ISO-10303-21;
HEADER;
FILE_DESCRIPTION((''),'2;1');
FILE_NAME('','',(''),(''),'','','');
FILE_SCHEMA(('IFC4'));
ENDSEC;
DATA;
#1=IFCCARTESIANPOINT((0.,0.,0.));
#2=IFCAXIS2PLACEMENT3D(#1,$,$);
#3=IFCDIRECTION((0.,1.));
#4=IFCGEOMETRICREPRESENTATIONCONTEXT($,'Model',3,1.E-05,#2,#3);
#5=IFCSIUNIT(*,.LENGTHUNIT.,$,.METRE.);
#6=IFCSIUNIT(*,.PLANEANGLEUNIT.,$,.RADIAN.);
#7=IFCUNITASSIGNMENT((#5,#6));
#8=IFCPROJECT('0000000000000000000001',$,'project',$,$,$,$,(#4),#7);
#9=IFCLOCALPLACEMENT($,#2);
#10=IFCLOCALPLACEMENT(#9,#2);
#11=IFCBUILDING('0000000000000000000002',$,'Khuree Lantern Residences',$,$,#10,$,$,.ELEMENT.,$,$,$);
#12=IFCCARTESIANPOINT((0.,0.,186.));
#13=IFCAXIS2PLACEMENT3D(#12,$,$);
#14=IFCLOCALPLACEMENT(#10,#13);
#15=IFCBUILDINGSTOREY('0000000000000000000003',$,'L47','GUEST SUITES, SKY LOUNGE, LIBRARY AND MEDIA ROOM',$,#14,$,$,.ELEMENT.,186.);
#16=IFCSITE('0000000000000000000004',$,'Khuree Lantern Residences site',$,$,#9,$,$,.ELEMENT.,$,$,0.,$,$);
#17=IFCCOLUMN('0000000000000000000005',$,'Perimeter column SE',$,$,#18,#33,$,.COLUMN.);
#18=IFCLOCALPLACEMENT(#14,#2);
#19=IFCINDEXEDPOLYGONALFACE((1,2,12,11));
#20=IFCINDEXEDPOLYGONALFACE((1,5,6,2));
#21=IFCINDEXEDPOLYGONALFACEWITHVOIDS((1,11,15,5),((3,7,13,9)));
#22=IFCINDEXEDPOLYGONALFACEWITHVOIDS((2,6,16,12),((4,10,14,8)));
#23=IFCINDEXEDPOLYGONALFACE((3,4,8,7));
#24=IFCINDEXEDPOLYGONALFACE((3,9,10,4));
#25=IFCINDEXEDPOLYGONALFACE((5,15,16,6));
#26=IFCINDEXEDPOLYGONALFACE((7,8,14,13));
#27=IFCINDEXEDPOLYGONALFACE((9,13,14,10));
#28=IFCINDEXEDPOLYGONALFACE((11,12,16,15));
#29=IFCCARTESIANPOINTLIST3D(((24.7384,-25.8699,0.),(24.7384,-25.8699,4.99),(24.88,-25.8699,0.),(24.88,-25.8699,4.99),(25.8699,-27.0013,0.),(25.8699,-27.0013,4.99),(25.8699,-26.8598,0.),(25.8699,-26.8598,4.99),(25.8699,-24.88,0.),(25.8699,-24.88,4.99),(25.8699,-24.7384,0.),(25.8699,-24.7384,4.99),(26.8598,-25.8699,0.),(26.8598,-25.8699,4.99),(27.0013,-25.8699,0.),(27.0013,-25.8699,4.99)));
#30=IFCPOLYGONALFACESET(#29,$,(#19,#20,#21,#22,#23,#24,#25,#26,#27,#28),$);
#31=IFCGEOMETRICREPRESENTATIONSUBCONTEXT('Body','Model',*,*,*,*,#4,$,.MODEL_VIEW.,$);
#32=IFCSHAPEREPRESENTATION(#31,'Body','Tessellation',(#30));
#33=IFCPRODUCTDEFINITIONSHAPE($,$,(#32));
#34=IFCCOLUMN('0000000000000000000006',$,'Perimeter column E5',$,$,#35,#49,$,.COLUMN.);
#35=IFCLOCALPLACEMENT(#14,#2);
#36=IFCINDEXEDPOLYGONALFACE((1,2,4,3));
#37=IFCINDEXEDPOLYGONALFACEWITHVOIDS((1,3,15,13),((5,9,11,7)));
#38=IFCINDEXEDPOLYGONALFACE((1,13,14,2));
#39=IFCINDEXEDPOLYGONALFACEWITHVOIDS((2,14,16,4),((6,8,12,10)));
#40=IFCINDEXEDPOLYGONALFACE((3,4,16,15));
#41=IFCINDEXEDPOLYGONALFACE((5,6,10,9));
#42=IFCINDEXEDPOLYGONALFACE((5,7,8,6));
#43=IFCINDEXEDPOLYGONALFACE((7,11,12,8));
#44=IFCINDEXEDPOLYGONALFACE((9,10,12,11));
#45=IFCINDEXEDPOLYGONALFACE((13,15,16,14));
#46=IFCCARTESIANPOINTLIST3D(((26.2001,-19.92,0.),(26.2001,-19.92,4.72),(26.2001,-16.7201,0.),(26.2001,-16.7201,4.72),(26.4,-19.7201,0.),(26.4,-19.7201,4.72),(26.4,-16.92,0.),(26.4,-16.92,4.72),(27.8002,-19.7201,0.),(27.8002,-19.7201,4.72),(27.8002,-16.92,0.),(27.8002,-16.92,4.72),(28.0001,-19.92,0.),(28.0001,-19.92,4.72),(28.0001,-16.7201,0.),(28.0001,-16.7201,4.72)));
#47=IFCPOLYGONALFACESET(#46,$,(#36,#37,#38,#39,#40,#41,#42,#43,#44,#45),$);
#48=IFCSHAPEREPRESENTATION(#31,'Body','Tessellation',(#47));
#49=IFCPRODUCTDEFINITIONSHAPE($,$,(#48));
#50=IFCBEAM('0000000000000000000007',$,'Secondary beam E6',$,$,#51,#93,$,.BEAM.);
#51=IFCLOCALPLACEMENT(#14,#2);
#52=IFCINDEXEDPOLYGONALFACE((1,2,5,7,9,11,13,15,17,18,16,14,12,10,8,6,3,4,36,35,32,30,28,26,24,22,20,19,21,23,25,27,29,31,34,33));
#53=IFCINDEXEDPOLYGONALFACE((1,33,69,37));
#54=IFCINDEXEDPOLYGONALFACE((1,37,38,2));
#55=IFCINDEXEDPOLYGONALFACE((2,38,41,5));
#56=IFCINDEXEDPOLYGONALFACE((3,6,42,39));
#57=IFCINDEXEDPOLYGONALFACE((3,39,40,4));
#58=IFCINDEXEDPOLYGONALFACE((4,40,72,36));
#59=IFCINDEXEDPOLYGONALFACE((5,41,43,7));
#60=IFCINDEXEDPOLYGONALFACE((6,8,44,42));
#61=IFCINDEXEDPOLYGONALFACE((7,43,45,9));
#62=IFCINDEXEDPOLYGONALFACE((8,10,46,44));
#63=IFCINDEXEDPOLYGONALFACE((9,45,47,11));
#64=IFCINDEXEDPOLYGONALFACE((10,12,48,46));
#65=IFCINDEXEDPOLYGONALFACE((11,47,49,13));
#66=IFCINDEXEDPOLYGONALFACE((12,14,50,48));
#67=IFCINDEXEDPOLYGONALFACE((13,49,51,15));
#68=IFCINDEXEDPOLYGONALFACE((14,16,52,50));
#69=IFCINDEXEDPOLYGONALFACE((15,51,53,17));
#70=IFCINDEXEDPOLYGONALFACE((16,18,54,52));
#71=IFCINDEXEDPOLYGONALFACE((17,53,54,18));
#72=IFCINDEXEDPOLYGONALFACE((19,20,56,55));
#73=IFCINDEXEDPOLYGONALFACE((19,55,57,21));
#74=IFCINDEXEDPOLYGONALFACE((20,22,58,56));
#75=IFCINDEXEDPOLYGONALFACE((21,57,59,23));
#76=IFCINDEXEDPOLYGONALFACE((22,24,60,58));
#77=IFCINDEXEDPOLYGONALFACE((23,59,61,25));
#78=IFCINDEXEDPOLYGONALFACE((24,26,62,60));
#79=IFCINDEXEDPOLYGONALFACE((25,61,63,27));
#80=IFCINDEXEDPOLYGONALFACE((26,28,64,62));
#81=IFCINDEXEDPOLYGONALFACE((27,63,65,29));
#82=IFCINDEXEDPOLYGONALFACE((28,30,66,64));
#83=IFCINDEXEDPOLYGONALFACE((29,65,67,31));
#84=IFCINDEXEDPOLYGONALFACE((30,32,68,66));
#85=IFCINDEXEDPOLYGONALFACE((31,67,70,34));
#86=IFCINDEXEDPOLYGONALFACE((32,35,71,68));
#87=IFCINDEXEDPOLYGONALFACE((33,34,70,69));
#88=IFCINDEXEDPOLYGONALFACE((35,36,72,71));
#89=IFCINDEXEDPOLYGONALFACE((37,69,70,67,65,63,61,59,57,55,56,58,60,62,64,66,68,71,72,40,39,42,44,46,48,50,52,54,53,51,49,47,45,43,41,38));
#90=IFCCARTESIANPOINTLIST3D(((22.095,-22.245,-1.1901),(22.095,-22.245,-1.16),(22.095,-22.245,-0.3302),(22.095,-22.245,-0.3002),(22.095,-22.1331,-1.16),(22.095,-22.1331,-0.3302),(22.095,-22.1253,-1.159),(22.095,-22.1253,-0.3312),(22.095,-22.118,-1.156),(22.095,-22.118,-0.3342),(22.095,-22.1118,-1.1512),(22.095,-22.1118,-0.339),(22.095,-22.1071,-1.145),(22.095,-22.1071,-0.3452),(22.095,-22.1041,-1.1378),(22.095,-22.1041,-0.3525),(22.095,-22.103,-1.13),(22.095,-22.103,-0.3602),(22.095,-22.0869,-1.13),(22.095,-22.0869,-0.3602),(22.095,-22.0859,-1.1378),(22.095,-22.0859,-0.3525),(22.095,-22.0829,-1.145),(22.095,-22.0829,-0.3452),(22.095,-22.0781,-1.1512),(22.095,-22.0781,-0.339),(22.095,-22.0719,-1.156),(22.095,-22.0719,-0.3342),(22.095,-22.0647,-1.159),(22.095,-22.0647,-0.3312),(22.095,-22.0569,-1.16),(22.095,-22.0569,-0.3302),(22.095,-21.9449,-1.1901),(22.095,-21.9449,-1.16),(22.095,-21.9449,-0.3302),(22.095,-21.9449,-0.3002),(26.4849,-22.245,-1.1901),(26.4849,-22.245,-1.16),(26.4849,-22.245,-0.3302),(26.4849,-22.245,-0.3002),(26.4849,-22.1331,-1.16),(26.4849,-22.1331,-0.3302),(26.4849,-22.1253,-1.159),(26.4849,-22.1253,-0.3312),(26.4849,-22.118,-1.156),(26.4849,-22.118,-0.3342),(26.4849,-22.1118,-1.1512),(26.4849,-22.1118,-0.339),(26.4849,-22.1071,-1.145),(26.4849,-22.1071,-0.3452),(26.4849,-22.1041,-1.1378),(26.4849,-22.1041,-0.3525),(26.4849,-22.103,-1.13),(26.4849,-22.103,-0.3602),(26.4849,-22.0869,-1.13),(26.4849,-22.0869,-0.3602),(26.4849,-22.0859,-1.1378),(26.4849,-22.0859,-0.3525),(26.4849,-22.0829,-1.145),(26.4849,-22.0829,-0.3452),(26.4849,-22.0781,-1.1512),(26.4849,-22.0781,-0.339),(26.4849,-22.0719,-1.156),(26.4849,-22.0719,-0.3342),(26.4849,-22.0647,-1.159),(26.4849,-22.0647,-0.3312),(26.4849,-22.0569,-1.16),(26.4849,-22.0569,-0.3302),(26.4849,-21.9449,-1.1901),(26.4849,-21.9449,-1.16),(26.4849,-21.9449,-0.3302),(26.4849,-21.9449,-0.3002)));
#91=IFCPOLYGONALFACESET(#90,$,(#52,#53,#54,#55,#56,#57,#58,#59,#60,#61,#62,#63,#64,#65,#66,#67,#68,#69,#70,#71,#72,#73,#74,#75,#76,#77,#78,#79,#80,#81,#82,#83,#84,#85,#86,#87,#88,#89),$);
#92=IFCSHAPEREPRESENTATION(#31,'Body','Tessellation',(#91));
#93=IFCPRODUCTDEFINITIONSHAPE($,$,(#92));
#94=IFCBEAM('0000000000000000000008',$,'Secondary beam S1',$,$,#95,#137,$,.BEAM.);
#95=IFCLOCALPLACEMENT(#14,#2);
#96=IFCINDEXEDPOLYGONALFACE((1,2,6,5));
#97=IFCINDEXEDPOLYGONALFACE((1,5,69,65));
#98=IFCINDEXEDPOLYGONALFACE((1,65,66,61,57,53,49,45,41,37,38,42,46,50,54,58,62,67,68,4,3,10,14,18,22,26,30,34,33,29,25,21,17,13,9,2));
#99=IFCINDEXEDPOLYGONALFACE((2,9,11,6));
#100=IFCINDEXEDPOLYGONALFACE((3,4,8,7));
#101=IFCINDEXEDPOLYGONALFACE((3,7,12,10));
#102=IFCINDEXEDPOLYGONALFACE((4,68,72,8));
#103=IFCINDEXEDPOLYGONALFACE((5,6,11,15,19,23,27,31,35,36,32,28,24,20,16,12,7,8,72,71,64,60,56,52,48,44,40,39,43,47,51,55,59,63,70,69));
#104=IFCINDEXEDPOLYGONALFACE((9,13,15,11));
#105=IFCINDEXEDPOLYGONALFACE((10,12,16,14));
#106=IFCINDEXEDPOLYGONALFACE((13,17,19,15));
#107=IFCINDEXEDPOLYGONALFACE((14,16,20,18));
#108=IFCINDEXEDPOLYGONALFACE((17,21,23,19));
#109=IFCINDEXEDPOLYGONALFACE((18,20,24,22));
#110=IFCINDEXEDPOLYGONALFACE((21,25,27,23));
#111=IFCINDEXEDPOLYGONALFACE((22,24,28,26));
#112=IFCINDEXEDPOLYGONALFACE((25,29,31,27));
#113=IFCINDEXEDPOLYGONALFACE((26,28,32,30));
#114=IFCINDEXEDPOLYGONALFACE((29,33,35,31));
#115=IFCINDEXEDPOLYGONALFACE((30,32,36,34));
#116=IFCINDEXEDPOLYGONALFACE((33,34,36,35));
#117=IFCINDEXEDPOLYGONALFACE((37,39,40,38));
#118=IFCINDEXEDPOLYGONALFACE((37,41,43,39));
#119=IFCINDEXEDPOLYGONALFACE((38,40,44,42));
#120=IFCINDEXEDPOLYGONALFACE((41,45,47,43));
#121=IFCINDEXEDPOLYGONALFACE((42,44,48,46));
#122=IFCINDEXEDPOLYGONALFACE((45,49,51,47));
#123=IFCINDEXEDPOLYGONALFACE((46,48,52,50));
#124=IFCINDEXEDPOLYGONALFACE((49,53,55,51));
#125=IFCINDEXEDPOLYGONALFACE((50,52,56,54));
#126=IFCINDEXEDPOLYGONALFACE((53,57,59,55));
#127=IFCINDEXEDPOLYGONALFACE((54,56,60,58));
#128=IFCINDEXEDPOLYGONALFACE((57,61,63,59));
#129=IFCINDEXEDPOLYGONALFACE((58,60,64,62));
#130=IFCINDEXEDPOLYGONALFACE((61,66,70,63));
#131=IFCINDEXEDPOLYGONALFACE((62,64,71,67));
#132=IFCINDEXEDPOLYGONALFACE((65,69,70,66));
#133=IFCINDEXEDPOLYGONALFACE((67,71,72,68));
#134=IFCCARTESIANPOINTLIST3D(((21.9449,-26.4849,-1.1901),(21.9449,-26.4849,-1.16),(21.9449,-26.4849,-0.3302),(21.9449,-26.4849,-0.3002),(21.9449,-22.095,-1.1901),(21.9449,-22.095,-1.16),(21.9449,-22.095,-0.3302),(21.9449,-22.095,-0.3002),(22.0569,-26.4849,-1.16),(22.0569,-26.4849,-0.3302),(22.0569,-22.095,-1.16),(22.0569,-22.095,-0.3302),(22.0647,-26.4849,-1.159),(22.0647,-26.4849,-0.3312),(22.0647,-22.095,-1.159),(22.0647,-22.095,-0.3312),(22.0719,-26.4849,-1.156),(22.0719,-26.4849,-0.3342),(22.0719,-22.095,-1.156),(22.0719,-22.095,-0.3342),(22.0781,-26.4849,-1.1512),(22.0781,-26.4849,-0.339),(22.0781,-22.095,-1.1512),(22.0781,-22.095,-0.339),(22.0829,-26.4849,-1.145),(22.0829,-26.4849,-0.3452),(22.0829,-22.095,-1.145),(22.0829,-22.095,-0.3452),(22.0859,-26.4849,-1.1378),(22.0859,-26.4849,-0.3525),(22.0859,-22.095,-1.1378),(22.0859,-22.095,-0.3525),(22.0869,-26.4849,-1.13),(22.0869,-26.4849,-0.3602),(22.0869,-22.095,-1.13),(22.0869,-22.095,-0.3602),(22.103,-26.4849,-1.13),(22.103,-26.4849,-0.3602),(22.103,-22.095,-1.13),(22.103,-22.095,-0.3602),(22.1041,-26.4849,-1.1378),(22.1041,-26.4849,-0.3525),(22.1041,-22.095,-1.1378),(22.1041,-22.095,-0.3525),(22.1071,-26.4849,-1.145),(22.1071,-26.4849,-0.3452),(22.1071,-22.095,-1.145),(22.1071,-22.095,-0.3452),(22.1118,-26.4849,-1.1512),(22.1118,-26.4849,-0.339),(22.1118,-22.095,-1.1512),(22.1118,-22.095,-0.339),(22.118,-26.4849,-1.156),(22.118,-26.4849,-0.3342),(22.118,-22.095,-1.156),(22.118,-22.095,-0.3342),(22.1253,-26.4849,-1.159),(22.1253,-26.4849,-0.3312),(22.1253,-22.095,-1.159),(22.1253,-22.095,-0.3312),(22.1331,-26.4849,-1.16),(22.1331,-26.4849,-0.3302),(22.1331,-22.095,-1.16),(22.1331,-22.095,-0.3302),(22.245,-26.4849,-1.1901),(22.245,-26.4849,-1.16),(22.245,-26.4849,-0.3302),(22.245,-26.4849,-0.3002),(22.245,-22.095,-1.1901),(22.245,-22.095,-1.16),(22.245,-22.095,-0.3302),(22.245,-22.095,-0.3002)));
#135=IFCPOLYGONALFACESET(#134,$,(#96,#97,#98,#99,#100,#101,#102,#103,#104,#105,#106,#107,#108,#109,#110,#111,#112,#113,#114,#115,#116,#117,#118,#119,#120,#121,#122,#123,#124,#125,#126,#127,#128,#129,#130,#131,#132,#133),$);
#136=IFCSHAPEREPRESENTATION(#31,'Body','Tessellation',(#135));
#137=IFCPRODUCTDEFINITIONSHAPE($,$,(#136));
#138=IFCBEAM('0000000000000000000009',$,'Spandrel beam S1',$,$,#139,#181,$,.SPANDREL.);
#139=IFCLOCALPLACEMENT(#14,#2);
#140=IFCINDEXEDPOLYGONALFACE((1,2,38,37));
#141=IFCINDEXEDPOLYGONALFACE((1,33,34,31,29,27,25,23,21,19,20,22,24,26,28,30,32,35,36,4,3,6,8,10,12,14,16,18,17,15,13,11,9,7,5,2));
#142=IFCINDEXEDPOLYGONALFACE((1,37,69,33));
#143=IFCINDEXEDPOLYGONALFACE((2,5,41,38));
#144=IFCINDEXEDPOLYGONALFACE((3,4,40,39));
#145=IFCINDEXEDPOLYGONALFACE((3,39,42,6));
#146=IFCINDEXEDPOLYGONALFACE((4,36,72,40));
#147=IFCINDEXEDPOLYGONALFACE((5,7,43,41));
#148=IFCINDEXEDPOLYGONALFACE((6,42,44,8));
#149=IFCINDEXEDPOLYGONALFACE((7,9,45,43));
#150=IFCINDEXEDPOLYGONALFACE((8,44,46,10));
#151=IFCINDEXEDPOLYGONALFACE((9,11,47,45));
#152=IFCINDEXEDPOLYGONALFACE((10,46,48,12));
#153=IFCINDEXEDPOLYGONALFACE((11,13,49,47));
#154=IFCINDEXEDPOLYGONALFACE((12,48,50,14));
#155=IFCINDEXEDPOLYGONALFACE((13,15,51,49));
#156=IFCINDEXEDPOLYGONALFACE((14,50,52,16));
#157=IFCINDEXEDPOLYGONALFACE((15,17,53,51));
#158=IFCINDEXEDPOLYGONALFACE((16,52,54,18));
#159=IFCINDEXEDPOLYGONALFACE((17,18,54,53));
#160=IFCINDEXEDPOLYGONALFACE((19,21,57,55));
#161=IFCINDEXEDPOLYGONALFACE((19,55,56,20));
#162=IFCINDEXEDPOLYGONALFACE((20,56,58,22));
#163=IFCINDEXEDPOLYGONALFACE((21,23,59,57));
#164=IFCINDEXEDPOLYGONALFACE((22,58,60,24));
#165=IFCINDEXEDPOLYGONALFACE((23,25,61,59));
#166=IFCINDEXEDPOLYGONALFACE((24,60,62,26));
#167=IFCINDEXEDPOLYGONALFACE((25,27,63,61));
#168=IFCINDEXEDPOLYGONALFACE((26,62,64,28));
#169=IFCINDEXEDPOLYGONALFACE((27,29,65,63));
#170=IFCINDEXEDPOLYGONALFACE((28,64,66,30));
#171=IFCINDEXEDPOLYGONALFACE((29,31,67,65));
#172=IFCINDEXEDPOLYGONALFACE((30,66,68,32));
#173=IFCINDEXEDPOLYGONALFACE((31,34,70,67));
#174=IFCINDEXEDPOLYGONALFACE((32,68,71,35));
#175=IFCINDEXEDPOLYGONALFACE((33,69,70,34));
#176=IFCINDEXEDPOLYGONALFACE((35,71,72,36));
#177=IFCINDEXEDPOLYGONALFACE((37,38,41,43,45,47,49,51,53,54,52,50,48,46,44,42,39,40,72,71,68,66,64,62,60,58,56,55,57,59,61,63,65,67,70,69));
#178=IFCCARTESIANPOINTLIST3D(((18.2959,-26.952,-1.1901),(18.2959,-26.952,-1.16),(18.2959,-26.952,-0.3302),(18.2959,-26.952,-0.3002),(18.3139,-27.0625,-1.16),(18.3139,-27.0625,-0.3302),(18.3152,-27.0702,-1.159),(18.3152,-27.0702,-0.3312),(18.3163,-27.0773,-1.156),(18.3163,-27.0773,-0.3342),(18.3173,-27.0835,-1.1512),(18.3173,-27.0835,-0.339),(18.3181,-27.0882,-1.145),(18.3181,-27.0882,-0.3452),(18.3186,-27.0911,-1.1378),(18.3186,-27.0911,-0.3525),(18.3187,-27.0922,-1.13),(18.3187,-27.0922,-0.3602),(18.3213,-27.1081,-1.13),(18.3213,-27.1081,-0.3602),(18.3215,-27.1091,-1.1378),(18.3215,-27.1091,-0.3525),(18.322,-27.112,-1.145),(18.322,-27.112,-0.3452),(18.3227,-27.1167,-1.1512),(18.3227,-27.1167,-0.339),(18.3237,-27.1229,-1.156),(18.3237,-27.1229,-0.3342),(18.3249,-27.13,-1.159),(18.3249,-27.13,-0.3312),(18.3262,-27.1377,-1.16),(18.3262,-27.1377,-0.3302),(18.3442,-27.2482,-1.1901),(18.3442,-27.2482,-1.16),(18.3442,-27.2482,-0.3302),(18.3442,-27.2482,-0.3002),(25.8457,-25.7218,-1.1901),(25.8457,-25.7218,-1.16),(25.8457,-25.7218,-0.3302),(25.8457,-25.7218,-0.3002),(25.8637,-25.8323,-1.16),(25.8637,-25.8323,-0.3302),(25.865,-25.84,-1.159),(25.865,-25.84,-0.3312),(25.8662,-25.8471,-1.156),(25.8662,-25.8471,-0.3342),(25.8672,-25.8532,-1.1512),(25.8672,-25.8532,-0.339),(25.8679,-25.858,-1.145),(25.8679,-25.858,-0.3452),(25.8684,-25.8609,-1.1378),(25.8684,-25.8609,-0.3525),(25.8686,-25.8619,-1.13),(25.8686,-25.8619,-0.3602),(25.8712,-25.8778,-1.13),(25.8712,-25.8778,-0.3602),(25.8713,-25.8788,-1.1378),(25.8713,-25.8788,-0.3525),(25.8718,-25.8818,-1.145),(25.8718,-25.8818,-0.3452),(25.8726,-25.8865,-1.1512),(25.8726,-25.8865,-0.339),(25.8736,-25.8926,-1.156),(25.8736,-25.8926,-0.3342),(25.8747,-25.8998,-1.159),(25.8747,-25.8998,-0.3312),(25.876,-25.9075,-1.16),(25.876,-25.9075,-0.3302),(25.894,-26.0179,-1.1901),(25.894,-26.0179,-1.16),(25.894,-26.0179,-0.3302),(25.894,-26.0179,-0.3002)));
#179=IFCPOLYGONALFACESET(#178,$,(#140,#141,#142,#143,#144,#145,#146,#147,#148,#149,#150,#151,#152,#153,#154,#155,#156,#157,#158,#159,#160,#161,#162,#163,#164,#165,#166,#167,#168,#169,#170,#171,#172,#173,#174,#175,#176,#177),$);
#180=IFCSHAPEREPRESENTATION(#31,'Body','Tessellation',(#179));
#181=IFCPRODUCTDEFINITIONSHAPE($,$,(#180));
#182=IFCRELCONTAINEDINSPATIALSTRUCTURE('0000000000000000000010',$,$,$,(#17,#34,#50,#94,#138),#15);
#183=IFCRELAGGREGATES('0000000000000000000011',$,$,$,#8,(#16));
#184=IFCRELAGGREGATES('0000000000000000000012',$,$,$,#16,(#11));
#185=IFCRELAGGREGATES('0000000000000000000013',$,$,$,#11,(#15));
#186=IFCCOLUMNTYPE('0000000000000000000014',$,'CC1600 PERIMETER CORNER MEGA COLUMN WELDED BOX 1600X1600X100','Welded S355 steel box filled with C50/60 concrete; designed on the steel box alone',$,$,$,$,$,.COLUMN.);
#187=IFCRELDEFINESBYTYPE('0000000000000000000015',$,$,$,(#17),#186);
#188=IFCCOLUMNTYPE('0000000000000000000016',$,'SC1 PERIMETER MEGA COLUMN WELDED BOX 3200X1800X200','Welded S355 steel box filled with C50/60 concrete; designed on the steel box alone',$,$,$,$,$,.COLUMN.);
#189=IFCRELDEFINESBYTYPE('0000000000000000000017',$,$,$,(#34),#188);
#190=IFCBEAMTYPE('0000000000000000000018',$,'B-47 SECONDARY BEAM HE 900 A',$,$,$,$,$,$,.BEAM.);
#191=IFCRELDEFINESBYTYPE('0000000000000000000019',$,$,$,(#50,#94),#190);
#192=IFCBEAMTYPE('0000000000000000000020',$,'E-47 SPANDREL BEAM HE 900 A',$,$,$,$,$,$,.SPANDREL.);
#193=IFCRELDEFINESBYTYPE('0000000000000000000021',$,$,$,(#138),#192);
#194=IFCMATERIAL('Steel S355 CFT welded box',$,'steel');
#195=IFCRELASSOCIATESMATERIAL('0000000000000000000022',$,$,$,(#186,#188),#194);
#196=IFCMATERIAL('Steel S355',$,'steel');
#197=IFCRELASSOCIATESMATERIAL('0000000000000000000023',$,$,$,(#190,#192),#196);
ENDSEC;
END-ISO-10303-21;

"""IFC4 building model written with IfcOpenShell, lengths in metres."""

from ifc_helpers import new_model, si_unit, direction, frame, origin, origin_2d, place, context, subcontext, project, spatial, hollow_rectangle, i_section, extrude, material, material_profile, profile_set, type_object, element, save


model = new_model("IFC4")

# Units and contexts
model_context = context("Model", 3, precision=1e-05, world=origin(), true_north=direction((0.0, 1.0)))
body_context = subcontext(model_context, "Body", "Model", "MODEL_VIEW")
ifc_project = project(units=[si_unit("LENGTHUNIT", "METRE"), si_unit("PLANEANGLEUNIT", "RADIAN")], contexts=[model_context])

# Site, building, storey
site_placement = place(None, origin())
site = spatial("IfcSite", under=ifc_project, at=site_placement, Name="Khuree Lantern Residences site", CompositionType="ELEMENT", RefElevation=0.0)
building_placement = place(site_placement, origin())
building = spatial("IfcBuilding", under=site, at=building_placement, Name="Khuree Lantern Residences", CompositionType="ELEMENT")
storey_placement = place(building_placement, frame((0.0, 0.0, 186.0)))
storey = spatial("IfcBuildingStorey", under=building, at=storey_placement, Name="L47", Description="GUEST SUITES, SKY LOUNGE, LIBRARY AND MEDIA ROOM", CompositionType="ELEMENT", Elevation=186.0)

# Columns
ifc_material_1 = material(Name="Steel S355 CFT welded box", Category="steel")
ifc_material_profile_1 = material_profile(ifc_material_1, hollow_rectangle(XDim=1.6001, YDim=1.6001, WallThickness=0.1001, at=origin_2d()), Name="WELDED BOX 1600X1600X100")
ifc_profile_set_1 = profile_set([ifc_material_profile_1], Name="Steel S355 CFT welded box")
column_type_1 = type_object("IfcColumnType", Name="CC1600 PERIMETER CORNER MEGA COLUMN WELDED BOX 1600X1600X100", Description="Welded S355 steel box filled with C50/60 concrete; designed on the steel box alone", PredefinedType="COLUMN", material=ifc_profile_set_1)
column_1_placement = place(storey_placement, frame((25.8699, -25.8699, 0.0), z_axis=(0.0, 0.0, 1.0), x_axis=(0.707107, 0.707107, 0.0)))
element("IfcColumn", 1, at=column_1_placement, inside=storey, type_object=column_type_1, Name="Perimeter column SE", PredefinedType="COLUMN", context=body_context, shape_type="SweptSolid", body=[
    extrude(hollow_rectangle(XDim=1.6001, YDim=1.6001, WallThickness=0.1001, at=origin_2d()), origin(), (0.0, 0.0, 1.0), 4.99),
])
ifc_material_profile_2 = material_profile(ifc_material_1, hollow_rectangle(XDim=3.2, YDim=1.8, WallThickness=0.2, at=origin_2d()), Name="WELDED BOX 3200X1800X200")
ifc_profile_set_2 = profile_set([ifc_material_profile_2], Name="Steel S355 CFT welded box")
column_type_2 = type_object("IfcColumnType", Name="SC1 PERIMETER MEGA COLUMN WELDED BOX 3200X1800X200", Description="Welded S355 steel box filled with C50/60 concrete; designed on the steel box alone", PredefinedType="COLUMN", material=ifc_profile_set_2)
column_2_placement = place(storey_placement, frame((27.1001, -18.3201, 0.0), z_axis=(0.0, 0.0, 1.0), x_axis=(0.0, 1.0, 0.0)))
element("IfcColumn", 2, at=column_2_placement, inside=storey, type_object=column_type_2, Name="Perimeter column E5", PredefinedType="COLUMN", context=body_context, shape_type="SweptSolid", body=[
    extrude(hollow_rectangle(XDim=3.2, YDim=1.8, WallThickness=0.2, at=origin_2d()), origin(), (0.0, 0.0, 1.0), 4.72),
])

# Beams
ifc_material_2 = material(Name="Steel S355", Category="steel")
ifc_material_profile_3 = material_profile(ifc_material_2, i_section(OverallWidth=0.3, OverallDepth=0.8899, WebThickness=0.0161, FlangeThickness=0.03, FilletRadius=0.03, at=origin_2d()), Name="HE 900 A")
ifc_profile_set_3 = profile_set([ifc_material_profile_3], Name="Steel S355")
beam_type_1 = type_object("IfcBeamType", Name="B-47 SECONDARY BEAM HE 900 A", PredefinedType="BEAM", material=ifc_profile_set_3)
for number, where, z_axis, x_axis, name in (
    (3, (26.4849, -22.095, -0.7451), (-1.0, 0.0, 0.0), (0.0, -1.0, 0.0), "Secondary beam E6"),
    (4, (22.095, -26.4849, -0.7451), (0.0, 1.0, 0.0), (-1.0, 0.0, 0.0), "Secondary beam S1"),
):
    element("IfcBeam", number, at=place(storey_placement, frame(where, z_axis=z_axis, x_axis=x_axis)), inside=storey, type_object=beam_type_1, Name=name, PredefinedType="BEAM", context=body_context, shape_type="SweptSolid", body=[
        extrude(i_section(OverallWidth=0.3, OverallDepth=0.8899, WebThickness=0.0161, FlangeThickness=0.03, FilletRadius=0.03, at=origin_2d()), origin(), (0.0, 0.0, 1.0), 4.3899),
    ])
ifc_material_profile_4 = material_profile(ifc_material_2, i_section(OverallWidth=0.3, OverallDepth=0.8899, WebThickness=0.0161, FlangeThickness=0.03, FilletRadius=0.03, at=origin_2d()), Name="HE 900 A")
ifc_profile_set_4 = profile_set([ifc_material_profile_4], Name="Steel S355")
beam_type_2 = type_object("IfcBeamType", Name="E-47 SPANDREL BEAM HE 900 A", PredefinedType="SPANDREL", material=ifc_profile_set_4)
beam_1_placement = place(storey_placement, frame((25.8699, -25.8699, -0.7451), z_axis=(-0.986983, -0.160827, 0.0), x_axis=(0.160827, -0.986983, 0.0)))
element("IfcBeam", 5, at=beam_1_placement, inside=storey, type_object=beam_type_2, Name="Spandrel beam S1", PredefinedType="SPANDREL", context=body_context, shape_type="SweptSolid", body=[
    extrude(i_section(OverallWidth=0.3, OverallDepth=0.8899, WebThickness=0.0161, FlangeThickness=0.03, FilletRadius=0.03, at=origin_2d()), origin(), (0.0, 0.0, 1.0), 7.6494),
])

save(model, "model.ifc")
